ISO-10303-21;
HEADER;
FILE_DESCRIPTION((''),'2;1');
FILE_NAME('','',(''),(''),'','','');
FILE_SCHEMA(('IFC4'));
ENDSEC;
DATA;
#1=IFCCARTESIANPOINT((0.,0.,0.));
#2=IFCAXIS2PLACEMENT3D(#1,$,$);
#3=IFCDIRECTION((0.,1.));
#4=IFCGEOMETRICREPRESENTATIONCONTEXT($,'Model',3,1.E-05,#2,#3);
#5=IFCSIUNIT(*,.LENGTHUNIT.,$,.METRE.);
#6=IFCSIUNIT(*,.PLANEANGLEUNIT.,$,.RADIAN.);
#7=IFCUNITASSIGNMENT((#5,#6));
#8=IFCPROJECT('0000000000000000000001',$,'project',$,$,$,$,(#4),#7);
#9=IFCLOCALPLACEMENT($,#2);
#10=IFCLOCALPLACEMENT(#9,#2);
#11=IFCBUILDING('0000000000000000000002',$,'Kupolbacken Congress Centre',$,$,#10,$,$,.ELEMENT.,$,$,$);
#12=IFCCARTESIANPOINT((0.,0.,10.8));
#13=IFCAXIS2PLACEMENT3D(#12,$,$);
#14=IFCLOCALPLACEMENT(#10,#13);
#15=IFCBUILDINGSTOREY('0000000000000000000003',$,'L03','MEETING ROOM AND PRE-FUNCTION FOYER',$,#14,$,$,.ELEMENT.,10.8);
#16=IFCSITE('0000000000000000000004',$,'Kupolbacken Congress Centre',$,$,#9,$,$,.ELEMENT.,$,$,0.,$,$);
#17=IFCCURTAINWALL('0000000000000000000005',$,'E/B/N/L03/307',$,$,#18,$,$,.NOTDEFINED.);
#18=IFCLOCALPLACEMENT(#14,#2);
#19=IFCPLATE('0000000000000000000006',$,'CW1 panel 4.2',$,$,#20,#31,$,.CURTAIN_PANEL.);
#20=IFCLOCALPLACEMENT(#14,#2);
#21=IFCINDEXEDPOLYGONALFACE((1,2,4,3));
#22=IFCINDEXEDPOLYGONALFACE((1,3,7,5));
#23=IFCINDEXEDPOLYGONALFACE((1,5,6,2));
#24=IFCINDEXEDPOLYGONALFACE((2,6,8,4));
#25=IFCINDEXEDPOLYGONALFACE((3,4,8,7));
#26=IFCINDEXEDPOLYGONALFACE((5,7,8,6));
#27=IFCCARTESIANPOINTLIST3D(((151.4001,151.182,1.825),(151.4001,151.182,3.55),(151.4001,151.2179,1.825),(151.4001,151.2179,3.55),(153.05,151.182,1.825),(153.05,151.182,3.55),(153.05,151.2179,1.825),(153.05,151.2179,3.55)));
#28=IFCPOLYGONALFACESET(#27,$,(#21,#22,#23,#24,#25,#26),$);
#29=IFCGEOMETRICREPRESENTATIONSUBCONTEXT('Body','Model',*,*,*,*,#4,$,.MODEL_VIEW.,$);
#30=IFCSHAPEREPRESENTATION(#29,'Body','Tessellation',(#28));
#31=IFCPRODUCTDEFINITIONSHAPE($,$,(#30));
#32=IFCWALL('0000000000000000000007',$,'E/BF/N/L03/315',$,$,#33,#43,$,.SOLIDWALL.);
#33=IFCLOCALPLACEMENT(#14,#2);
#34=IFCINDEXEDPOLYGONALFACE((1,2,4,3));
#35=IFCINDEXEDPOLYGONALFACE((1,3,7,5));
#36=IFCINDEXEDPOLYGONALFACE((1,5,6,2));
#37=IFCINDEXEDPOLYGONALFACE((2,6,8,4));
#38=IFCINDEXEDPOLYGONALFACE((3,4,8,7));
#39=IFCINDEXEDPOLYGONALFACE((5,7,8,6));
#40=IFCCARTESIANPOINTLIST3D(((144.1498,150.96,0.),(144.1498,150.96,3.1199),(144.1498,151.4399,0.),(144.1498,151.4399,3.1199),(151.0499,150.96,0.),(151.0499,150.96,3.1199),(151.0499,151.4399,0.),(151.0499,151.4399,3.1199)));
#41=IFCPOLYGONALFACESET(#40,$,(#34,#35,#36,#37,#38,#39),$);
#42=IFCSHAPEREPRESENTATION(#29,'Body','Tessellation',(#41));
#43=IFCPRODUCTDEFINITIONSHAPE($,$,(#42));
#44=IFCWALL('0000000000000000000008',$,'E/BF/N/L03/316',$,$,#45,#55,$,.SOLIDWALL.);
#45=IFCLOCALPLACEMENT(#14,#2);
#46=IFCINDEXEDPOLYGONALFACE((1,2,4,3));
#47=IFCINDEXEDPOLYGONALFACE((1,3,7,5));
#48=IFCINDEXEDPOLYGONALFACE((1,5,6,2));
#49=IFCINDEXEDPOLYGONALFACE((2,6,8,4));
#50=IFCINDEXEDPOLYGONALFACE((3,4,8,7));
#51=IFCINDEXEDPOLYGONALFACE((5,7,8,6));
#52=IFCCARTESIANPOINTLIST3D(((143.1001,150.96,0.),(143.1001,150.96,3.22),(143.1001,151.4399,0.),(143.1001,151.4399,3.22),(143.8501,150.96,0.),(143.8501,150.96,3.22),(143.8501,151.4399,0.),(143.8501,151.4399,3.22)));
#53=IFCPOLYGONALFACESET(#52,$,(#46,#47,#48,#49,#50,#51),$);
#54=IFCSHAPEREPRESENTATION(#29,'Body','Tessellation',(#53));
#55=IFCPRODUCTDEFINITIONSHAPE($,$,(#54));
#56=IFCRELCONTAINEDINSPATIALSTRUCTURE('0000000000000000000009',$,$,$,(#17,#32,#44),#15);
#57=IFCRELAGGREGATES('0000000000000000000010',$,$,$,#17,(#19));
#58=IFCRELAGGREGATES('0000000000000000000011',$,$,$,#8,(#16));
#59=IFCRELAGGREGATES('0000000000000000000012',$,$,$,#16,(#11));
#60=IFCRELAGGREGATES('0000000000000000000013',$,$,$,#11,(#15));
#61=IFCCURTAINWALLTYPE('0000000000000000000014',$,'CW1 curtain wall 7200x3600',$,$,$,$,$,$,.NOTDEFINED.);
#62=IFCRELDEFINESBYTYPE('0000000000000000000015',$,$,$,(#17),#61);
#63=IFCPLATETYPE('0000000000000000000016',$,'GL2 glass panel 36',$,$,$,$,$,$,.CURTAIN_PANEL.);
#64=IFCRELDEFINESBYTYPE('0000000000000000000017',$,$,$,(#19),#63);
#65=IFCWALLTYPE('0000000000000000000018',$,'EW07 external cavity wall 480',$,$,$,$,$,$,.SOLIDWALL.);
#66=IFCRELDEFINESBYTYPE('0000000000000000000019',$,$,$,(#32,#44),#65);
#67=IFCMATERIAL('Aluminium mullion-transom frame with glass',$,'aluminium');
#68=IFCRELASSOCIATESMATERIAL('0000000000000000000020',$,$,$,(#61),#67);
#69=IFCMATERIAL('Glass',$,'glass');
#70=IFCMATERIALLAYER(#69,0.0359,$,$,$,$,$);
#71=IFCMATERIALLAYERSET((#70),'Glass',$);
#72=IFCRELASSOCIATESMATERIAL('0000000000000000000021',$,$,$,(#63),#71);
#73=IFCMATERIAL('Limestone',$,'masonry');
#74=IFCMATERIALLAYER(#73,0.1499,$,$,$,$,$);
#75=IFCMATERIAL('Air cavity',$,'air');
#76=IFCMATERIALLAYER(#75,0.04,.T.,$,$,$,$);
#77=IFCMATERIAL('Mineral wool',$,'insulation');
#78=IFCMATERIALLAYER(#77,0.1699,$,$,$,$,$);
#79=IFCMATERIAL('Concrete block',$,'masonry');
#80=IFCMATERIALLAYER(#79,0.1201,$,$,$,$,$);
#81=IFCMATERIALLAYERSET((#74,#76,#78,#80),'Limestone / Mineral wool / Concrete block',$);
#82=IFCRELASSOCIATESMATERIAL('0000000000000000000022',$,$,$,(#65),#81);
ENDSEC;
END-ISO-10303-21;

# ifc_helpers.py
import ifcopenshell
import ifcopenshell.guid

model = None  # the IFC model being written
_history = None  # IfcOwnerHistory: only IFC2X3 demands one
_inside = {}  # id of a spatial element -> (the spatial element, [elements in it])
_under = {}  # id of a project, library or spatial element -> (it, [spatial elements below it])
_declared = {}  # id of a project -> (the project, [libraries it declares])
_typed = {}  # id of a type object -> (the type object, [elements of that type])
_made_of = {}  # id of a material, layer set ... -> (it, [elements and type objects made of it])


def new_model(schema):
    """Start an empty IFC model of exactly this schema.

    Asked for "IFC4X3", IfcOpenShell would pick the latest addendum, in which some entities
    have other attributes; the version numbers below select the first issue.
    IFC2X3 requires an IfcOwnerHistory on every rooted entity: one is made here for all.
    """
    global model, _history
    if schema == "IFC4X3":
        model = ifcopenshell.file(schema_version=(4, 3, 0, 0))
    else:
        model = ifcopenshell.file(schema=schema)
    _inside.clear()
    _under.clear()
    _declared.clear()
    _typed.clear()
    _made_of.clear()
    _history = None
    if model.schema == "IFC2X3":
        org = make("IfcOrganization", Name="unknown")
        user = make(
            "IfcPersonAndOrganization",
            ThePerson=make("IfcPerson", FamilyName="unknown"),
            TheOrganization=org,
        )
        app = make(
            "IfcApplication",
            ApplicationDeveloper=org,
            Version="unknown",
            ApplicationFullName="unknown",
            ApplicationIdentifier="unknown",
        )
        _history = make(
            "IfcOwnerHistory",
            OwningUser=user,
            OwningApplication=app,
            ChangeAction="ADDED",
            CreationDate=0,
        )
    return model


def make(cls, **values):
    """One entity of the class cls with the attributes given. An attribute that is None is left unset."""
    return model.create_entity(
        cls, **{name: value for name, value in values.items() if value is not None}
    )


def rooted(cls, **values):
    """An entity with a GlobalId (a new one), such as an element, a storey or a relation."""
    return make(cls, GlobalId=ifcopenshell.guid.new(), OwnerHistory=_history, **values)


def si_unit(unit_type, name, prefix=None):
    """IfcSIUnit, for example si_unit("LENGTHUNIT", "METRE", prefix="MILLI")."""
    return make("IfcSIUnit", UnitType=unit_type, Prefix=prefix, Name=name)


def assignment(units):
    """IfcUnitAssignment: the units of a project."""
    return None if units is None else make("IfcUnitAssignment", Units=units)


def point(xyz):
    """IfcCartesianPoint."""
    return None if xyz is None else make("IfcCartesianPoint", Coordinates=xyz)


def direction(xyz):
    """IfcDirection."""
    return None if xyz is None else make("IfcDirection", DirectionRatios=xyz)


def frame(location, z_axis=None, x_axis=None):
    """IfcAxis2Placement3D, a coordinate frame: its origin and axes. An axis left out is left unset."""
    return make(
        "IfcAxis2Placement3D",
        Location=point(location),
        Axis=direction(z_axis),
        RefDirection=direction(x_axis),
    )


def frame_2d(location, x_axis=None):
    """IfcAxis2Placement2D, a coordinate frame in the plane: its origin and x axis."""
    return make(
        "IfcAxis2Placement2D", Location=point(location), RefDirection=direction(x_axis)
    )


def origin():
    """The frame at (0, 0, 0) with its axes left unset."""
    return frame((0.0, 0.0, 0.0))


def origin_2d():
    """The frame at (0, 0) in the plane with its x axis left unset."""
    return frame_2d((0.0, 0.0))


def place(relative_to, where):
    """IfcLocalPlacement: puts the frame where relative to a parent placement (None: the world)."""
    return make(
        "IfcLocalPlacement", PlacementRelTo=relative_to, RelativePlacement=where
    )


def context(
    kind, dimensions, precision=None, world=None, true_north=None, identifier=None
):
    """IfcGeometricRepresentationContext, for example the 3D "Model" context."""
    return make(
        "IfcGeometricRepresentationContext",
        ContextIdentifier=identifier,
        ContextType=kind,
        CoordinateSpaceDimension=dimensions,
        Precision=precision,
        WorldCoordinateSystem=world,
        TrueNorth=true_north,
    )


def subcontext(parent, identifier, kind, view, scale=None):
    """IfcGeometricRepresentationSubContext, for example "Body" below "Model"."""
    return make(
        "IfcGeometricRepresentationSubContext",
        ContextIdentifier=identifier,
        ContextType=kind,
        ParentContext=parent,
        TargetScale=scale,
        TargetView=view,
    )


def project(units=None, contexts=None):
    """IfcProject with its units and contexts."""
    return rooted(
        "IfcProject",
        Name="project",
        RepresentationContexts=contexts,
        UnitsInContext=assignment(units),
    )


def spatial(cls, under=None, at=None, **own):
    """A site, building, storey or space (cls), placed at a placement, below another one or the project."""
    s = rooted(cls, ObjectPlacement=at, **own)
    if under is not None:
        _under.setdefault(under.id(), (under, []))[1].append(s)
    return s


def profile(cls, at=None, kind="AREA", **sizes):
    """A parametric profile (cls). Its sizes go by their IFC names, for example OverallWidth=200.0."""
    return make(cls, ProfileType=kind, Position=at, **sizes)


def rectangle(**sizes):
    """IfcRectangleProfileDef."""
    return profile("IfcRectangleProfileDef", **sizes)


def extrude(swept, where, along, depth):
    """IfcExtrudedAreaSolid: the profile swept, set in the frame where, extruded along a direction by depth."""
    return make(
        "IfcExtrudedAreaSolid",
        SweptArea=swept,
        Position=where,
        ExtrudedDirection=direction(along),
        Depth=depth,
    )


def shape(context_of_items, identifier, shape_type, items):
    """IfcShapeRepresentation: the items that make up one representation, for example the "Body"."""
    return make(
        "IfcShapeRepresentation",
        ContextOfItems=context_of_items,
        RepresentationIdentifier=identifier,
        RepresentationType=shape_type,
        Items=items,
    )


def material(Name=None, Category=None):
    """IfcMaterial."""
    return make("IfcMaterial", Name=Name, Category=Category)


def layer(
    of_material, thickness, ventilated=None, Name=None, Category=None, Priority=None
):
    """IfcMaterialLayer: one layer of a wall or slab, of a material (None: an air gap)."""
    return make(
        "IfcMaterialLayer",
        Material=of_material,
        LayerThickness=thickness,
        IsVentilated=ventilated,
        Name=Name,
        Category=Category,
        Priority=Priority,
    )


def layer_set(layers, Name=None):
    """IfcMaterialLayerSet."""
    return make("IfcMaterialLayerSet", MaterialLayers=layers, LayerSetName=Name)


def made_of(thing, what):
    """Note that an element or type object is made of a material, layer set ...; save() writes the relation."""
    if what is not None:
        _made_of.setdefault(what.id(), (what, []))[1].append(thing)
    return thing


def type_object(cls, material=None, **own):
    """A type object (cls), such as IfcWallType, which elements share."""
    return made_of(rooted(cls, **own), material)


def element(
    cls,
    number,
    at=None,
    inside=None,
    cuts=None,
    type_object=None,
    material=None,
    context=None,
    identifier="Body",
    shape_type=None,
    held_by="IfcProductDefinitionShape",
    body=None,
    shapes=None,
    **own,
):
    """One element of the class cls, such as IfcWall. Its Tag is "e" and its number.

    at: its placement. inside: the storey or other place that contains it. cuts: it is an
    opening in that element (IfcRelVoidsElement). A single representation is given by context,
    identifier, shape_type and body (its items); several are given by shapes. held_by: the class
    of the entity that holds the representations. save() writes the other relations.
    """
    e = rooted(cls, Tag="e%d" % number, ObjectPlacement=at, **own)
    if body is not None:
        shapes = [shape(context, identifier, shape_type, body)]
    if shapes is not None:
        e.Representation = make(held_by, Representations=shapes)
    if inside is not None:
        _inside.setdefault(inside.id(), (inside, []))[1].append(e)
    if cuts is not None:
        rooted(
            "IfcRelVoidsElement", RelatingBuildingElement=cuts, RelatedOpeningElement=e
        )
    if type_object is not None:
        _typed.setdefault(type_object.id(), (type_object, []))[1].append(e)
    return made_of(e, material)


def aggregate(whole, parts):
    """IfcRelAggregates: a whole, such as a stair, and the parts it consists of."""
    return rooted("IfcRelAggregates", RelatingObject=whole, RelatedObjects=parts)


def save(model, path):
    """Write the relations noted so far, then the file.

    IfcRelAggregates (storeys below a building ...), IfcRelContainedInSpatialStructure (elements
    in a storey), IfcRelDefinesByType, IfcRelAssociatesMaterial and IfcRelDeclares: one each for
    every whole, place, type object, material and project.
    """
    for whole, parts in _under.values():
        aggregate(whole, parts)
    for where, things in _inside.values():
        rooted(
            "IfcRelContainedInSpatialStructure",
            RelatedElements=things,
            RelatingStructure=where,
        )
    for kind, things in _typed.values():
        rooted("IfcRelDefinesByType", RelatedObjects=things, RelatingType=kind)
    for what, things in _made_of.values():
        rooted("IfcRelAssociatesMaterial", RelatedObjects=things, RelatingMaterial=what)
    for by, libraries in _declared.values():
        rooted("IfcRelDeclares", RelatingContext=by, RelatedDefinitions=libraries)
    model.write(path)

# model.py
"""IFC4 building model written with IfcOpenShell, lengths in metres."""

from ifc_helpers import new_model, si_unit, direction, frame, frame_2d, origin, origin_2d, place, context, subcontext, project, spatial, rectangle, extrude, material, layer, layer_set, type_object, element, aggregate, save


model = new_model("IFC4")

# Units and contexts
model_context = context("Model", 3, precision=1e-05, world=origin(), true_north=direction((0.0, 1.0)))
body_context = subcontext(model_context, "Body", "Model", "MODEL_VIEW")
ifc_project = project(units=[si_unit("LENGTHUNIT", "METRE"), si_unit("PLANEANGLEUNIT", "RADIAN")], contexts=[model_context])

# Site, building, storey
site_placement = place(None, origin())
site = spatial("IfcSite", under=ifc_project, at=site_placement, Name="Kupolbacken Congress Centre", CompositionType="ELEMENT", RefElevation=0.0)
building_placement = place(site_placement, origin())
building = spatial("IfcBuilding", under=site, at=building_placement, Name="Kupolbacken Congress Centre", CompositionType="ELEMENT")
storey_placement = place(building_placement, frame((0.0, 0.0, 10.8)))
storey = spatial("IfcBuildingStorey", under=building, at=storey_placement, Name="L03", Description="MEETING ROOM AND PRE-FUNCTION FOYER", CompositionType="ELEMENT", Elevation=10.8)

# Curtain wall, plate
ifc_material_1 = material(Name="Aluminium mullion-transom frame with glass", Category="aluminium")
curtain_wall_type = type_object("IfcCurtainWallType", Name="CW1 curtain wall 7200x3600", PredefinedType="NOTDEFINED", material=ifc_material_1)
curtain_wall_placement = place(storey_placement, origin())
curtain_wall = element("IfcCurtainWall", 1, at=curtain_wall_placement, inside=storey, type_object=curtain_wall_type, Name="E/B/N/L03/307", PredefinedType="NOTDEFINED")
ifc_material_2 = material(Name="Glass", Category="glass")
ifc_layer_1 = layer(ifc_material_2, 0.0359)
ifc_layer_set_1 = layer_set([ifc_layer_1], Name="Glass")
plate_type = type_object("IfcPlateType", Name="GL2 glass panel 36", PredefinedType="CURTAIN_PANEL", material=ifc_layer_set_1)
plate_1_placement = place(storey_placement, frame((152.2251, 151.2, 1.825), z_axis=(0.0, 0.0, 1.0), x_axis=(-1.0, 0.0, 0.0)))
plate_1 = element("IfcPlate", 2, at=plate_1_placement, type_object=plate_type, Name="CW1 panel 4.2", PredefinedType="CURTAIN_PANEL", context=body_context, shape_type="SweptSolid", body=[
    extrude(rectangle(XDim=1.6499, YDim=0.0359, at=origin_2d()), origin(), (0.0, 0.0, 1.0), 1.7251),
])
aggregate(curtain_wall, [plate_1])

# Walls
ifc_material_3 = material(Name="Limestone", Category="masonry")
ifc_layer_2 = layer(ifc_material_3, 0.1499)
ifc_material_4 = material(Name="Air cavity", Category="air")
ifc_layer_3 = layer(ifc_material_4, 0.04, ventilated=True)
ifc_material_5 = material(Name="Mineral wool", Category="insulation")
ifc_layer_4 = layer(ifc_material_5, 0.1699)
ifc_material_6 = material(Name="Concrete block", Category="masonry")
ifc_layer_5 = layer(ifc_material_6, 0.1201)
ifc_layer_set_2 = layer_set([ifc_layer_2, ifc_layer_3, ifc_layer_4, ifc_layer_5], Name="Limestone / Mineral wool / Concrete block")
wall_type = type_object("IfcWallType", Name="EW07 external cavity wall 480", PredefinedType="SOLIDWALL", material=ifc_layer_set_2)
wall_1_placement = place(storey_placement, frame((151.05, 151.2, 0.0), z_axis=(0.0, 0.0, 1.0), x_axis=(-1.0, 0.0, 0.0)))
element("IfcWall", 3, at=wall_1_placement, inside=storey, type_object=wall_type, Name="E/BF/N/L03/315", PredefinedType="SOLIDWALL", context=body_context, shape_type="SweptSolid", body=[
    extrude(rectangle(XDim=6.9001, YDim=0.48, at=frame_2d((3.4502, 0.0))), origin(), (0.0, 0.0, 1.0), 3.1199),
])
wall_2_placement = place(storey_placement, frame((143.8501, 151.2, 0.0), z_axis=(0.0, 0.0, 1.0), x_axis=(-1.0, 0.0, 0.0)))
element("IfcWall", 4, at=wall_2_placement, inside=storey, type_object=wall_type, Name="E/BF/N/L03/316", PredefinedType="SOLIDWALL", context=body_context, shape_type="SweptSolid", body=[
    extrude(rectangle(XDim=0.75, YDim=0.48, at=frame_2d((0.375, 0.0))), origin(), (0.0, 0.0, 1.0), 3.22),
])

save(model, "model.ifc")
